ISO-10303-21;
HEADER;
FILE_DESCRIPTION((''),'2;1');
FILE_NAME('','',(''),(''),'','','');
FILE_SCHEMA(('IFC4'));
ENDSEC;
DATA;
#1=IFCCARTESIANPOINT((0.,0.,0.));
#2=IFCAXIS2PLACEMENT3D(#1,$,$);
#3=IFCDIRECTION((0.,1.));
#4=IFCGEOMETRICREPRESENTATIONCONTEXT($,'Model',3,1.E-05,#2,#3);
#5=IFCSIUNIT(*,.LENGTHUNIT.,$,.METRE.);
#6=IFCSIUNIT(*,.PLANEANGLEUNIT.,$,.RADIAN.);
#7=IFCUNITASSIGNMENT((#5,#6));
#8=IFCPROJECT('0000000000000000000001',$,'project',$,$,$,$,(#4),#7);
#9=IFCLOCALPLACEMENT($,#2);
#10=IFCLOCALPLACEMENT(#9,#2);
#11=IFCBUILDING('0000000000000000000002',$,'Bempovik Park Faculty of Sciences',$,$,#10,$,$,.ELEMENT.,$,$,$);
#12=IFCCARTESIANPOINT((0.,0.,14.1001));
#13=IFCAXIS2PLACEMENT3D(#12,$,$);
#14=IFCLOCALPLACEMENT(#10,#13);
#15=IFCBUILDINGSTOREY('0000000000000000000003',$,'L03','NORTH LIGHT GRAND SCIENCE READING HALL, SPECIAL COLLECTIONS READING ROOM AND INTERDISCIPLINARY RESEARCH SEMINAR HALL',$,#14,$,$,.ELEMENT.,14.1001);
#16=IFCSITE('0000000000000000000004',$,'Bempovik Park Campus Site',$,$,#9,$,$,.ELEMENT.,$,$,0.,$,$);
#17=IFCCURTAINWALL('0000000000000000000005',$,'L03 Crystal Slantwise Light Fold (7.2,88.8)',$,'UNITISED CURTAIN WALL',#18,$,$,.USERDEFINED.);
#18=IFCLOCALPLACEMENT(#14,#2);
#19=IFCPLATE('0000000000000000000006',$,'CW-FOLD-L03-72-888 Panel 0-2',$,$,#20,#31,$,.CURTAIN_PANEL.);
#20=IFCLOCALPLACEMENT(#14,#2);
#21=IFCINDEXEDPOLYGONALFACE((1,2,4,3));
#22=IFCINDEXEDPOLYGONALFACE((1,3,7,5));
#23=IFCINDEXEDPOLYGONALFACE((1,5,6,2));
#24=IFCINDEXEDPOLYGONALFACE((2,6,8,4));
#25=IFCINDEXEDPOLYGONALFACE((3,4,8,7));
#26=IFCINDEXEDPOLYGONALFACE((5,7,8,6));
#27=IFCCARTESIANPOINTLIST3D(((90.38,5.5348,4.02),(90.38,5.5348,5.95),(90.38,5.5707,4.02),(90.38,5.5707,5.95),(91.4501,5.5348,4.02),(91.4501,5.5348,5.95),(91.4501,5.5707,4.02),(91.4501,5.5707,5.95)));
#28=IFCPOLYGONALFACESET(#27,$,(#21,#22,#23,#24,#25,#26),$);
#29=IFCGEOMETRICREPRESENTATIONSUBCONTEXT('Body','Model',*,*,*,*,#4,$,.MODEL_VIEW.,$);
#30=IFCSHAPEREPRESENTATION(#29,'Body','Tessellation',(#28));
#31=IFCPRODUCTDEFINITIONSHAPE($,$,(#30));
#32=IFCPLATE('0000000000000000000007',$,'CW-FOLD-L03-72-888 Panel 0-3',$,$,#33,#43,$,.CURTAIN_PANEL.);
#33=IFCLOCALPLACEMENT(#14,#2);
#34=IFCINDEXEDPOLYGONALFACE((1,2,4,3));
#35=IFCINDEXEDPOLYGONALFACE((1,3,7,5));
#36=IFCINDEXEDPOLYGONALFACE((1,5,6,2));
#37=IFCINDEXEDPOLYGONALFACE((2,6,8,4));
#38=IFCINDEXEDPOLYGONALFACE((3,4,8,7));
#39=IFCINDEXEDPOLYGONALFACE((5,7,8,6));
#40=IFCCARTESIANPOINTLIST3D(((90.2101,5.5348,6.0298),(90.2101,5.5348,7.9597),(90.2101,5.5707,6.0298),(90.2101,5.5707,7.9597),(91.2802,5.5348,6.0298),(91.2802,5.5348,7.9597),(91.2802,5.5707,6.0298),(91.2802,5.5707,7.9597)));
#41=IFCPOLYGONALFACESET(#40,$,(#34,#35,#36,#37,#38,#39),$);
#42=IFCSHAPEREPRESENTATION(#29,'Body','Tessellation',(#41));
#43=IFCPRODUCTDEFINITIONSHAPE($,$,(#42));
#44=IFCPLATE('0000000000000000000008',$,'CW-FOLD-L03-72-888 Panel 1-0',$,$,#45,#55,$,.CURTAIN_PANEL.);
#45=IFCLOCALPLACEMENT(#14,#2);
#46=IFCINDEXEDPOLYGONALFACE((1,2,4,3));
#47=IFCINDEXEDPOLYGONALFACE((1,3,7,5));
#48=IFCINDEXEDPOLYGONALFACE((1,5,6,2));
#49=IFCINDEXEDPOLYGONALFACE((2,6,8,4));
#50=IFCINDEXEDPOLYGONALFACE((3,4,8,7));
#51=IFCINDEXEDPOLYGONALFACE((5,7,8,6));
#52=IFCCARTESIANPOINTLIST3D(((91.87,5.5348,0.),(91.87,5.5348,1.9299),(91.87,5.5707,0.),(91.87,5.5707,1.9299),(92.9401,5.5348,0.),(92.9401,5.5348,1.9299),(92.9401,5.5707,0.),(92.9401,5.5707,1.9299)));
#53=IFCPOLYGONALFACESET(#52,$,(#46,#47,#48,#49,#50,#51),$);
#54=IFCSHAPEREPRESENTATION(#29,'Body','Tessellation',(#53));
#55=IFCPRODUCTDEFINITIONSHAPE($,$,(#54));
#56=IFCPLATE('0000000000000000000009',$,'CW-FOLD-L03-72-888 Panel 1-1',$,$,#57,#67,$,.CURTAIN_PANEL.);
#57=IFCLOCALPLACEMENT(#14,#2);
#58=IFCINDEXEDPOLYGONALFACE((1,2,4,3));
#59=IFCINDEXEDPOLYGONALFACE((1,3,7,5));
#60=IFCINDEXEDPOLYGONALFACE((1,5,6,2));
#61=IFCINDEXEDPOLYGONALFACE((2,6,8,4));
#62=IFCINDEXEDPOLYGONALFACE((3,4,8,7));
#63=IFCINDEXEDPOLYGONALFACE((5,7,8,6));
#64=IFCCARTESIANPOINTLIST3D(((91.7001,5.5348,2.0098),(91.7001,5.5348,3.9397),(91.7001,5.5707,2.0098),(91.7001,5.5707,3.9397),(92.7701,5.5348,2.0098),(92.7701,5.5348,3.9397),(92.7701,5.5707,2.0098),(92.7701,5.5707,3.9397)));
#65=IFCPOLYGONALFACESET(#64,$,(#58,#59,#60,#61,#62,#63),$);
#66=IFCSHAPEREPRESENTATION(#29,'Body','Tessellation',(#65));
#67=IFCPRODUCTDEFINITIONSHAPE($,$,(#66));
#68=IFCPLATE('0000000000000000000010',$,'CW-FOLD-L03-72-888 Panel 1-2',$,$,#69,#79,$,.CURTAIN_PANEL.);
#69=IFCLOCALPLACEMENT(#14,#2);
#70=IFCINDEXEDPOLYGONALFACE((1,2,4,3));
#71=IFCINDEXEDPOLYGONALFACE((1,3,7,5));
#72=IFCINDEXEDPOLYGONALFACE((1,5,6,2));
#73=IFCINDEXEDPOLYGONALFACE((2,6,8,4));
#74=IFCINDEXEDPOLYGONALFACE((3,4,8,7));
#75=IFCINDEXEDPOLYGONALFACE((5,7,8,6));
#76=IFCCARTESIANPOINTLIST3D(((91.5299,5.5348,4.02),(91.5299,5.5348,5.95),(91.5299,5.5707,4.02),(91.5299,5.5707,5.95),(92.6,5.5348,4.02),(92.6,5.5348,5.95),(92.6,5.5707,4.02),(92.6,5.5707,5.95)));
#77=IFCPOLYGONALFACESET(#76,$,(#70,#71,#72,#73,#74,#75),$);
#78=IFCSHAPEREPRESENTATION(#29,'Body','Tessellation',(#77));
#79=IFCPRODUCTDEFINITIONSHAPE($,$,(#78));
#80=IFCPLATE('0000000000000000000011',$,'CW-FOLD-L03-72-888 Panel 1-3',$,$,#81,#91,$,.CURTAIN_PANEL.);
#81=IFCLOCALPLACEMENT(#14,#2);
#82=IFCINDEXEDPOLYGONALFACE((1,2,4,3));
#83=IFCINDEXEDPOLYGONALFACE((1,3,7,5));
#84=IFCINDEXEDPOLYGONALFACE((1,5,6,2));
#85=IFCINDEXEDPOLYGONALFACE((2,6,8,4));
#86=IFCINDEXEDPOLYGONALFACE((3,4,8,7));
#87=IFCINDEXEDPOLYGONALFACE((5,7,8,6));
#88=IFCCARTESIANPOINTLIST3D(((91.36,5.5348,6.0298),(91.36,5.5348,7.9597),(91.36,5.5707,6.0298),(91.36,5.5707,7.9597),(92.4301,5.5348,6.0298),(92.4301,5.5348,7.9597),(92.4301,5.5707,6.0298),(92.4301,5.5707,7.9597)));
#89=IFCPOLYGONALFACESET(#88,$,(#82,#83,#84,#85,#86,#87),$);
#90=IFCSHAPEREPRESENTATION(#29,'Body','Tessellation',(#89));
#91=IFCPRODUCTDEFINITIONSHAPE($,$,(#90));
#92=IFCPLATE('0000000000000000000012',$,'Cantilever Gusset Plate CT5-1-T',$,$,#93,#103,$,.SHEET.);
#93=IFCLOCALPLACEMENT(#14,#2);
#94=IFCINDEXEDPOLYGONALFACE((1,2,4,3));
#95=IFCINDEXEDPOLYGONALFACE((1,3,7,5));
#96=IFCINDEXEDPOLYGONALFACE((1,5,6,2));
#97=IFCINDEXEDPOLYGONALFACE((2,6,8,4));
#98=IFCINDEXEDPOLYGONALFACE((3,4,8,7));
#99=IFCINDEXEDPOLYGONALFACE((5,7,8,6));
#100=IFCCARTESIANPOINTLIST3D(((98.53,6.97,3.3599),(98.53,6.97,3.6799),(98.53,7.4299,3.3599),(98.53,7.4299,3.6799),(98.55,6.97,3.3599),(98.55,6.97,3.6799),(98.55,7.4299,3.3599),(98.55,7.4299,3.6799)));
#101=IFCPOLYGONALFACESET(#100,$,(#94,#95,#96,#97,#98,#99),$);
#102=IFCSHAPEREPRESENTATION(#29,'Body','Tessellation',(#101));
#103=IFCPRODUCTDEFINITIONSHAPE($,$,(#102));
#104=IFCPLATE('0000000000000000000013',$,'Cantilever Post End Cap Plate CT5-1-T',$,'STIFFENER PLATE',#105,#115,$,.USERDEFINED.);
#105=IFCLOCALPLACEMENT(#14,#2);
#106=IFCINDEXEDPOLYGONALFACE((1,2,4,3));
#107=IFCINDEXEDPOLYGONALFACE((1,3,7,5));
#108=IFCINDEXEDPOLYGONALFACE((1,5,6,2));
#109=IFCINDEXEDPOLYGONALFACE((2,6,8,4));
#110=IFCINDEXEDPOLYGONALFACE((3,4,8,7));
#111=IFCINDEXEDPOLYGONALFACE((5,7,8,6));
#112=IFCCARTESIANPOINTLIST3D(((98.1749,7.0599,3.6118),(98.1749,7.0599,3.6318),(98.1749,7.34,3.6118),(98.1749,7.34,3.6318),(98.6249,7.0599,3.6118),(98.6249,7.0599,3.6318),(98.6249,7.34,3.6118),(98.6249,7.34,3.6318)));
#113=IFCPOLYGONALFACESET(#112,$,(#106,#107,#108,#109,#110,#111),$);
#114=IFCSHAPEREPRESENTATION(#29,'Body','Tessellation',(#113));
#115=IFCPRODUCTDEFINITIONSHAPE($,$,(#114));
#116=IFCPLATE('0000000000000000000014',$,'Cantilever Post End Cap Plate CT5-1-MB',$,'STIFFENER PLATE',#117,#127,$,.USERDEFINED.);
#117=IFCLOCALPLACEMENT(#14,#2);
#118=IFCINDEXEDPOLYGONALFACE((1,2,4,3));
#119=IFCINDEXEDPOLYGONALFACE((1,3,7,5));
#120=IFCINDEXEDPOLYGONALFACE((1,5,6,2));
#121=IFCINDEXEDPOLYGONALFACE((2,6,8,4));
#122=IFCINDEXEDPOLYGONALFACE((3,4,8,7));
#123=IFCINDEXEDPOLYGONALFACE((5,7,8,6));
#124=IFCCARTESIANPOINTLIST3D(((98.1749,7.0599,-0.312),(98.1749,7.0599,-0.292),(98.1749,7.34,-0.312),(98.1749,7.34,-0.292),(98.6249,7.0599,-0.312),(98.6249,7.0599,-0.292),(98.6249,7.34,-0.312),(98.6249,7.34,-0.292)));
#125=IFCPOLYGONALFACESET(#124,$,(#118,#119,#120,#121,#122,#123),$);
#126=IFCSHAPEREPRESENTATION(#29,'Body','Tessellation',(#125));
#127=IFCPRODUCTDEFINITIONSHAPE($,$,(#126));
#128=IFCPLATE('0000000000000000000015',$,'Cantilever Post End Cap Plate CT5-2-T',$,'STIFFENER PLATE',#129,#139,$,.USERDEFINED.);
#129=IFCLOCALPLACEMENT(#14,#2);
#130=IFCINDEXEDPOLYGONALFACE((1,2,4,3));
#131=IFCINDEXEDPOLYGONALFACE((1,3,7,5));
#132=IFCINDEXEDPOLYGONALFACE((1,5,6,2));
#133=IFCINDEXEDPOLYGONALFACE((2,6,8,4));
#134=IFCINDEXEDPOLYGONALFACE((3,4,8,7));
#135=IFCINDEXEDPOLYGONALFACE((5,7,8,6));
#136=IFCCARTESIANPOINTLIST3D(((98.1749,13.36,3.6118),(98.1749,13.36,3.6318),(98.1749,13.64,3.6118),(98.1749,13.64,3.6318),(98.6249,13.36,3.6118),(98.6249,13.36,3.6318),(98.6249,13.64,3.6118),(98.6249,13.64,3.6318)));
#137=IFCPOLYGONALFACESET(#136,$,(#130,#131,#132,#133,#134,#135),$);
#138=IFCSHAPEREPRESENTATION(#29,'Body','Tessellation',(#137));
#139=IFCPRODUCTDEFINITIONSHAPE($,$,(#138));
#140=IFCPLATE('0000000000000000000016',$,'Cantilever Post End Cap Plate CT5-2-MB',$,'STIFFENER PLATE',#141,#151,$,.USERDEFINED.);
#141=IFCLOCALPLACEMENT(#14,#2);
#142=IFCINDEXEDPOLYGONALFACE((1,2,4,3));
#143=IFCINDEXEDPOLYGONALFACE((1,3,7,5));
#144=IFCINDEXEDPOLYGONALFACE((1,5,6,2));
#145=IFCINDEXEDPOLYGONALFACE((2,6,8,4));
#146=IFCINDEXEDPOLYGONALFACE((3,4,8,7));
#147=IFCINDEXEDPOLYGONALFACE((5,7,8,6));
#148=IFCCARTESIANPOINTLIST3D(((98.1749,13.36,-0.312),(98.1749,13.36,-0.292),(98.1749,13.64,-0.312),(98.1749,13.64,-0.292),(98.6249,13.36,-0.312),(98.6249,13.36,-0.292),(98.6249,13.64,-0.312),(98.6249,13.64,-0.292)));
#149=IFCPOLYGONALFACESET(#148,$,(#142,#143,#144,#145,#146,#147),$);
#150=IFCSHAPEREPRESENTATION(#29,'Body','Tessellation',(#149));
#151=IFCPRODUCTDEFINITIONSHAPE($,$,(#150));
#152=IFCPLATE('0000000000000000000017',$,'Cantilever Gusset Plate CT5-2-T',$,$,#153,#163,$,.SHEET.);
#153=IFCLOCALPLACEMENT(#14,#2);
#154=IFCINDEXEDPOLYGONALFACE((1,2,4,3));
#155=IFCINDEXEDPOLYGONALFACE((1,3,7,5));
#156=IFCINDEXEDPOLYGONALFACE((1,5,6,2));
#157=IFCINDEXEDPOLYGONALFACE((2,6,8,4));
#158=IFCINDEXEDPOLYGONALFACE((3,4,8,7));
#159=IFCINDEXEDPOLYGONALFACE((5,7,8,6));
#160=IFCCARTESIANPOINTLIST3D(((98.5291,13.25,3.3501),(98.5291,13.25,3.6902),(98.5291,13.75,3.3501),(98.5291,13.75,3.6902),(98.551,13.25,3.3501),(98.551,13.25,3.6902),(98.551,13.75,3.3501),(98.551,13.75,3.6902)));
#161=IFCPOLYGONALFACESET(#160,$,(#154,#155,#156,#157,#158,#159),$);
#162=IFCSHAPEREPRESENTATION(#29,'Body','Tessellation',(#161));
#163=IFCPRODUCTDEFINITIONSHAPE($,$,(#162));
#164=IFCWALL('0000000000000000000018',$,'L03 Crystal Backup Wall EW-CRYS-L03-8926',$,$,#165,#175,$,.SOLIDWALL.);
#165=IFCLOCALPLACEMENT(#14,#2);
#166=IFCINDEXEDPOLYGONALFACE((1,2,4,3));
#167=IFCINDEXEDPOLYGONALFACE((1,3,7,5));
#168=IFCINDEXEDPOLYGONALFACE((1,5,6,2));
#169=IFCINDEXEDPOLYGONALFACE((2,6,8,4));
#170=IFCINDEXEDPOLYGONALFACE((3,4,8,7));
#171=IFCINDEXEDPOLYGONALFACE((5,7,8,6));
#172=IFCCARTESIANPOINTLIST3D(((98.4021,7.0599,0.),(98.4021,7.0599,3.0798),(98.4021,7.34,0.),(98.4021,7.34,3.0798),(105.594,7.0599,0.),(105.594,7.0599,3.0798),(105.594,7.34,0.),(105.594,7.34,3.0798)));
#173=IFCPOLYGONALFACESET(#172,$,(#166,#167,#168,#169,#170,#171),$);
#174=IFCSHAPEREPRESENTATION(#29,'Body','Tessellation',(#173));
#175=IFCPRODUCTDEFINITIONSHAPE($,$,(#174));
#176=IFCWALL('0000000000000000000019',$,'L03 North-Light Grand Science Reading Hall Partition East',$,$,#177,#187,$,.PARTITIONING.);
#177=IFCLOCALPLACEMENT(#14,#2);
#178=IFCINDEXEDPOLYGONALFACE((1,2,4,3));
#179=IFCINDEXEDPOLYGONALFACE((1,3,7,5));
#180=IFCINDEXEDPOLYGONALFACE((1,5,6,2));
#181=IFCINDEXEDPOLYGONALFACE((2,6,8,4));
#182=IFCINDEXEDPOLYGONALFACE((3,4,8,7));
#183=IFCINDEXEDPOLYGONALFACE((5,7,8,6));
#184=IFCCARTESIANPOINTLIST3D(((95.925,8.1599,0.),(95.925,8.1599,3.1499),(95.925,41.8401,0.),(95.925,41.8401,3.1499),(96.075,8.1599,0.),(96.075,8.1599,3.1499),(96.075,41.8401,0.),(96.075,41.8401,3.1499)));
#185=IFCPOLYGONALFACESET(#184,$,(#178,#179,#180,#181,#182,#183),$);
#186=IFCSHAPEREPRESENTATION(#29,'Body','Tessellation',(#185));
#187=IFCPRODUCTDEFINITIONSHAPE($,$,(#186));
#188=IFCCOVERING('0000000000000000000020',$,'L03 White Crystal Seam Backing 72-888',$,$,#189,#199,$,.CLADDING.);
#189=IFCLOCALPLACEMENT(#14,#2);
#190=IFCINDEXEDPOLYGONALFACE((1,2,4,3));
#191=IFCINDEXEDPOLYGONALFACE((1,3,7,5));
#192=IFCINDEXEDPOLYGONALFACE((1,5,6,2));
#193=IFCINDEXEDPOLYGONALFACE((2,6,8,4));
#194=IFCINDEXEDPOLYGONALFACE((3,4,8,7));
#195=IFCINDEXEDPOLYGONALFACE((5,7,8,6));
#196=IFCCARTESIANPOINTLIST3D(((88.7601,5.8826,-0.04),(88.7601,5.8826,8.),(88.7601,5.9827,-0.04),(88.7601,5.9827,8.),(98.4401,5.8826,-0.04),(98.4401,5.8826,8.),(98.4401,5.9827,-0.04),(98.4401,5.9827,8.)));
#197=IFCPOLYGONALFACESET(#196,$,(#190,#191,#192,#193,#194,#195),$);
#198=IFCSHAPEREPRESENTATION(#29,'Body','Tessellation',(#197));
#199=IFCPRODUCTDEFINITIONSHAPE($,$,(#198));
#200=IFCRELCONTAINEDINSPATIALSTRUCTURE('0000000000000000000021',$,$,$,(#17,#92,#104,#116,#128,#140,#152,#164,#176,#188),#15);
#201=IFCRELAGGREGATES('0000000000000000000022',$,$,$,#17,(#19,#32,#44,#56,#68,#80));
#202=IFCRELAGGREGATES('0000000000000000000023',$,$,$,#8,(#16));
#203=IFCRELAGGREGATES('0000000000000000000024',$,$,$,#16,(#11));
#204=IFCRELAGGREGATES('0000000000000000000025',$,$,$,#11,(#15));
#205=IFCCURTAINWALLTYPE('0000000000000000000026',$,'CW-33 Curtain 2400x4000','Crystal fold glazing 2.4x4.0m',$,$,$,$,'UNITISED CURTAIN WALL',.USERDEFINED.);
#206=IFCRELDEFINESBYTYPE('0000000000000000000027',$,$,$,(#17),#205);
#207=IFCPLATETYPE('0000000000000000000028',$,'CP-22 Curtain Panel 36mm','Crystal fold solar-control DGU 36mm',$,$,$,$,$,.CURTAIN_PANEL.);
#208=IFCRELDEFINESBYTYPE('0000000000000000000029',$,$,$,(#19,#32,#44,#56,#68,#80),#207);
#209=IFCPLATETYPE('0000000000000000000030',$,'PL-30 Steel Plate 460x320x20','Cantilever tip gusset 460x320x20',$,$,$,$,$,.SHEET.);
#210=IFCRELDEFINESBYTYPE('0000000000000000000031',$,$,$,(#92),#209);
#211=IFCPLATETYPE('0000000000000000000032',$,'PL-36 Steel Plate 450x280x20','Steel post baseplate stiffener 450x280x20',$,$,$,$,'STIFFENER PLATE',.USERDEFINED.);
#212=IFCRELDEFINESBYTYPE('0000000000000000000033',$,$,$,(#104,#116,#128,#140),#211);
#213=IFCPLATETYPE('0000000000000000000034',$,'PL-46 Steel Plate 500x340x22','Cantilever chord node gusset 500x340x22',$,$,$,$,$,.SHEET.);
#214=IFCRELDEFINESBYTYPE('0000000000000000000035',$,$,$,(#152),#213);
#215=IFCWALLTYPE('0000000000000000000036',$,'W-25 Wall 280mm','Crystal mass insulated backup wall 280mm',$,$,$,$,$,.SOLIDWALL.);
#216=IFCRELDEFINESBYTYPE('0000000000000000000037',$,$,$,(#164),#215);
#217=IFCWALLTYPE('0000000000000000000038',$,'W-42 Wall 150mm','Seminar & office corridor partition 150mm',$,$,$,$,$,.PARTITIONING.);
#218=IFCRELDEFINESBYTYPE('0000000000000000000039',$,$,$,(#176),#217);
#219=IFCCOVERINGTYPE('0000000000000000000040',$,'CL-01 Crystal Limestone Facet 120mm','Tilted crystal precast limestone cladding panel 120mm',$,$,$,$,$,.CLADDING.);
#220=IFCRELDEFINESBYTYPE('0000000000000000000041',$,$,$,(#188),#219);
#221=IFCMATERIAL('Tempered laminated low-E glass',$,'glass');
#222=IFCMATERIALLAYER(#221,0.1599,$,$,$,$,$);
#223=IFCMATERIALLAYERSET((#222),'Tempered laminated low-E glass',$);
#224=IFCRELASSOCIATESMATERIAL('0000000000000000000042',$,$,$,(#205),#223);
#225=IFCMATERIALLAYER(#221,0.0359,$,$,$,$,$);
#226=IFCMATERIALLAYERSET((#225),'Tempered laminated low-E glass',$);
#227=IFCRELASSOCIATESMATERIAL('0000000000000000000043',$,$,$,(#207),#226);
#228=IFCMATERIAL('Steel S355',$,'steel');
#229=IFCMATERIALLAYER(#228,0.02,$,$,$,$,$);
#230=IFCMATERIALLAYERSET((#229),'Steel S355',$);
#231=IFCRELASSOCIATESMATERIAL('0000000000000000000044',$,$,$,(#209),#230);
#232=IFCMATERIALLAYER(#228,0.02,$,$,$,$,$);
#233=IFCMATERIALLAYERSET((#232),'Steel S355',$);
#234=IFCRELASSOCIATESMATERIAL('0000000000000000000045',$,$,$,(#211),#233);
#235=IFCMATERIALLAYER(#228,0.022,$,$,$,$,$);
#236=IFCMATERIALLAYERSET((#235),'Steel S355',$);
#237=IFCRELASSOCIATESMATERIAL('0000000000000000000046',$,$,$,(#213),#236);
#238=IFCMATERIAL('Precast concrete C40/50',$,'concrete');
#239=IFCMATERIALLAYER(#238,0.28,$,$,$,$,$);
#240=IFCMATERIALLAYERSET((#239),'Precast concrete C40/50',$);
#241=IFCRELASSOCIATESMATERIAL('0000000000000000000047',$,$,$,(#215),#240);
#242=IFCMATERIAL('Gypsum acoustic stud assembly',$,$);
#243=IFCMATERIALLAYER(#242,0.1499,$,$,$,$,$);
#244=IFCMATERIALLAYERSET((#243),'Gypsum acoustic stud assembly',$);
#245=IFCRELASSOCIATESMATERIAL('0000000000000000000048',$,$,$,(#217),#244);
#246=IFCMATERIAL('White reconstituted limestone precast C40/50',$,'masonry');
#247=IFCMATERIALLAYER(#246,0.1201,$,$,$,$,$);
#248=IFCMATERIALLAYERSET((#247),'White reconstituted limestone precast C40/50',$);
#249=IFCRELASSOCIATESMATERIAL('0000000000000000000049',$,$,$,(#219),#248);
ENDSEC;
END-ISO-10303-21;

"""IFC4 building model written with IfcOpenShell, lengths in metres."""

from ifc_helpers import new_model, si_unit, direction, frame, frame_2d, origin, origin_2d, place, context, subcontext, project, spatial, rectangle, extrude, material, layer, layer_set, type_object, element, aggregate, save


model = new_model("IFC4")

# Units and contexts
model_context = context("Model", 3, precision=1e-05, world=origin(), true_north=direction((0.0, 1.0)))
body_context = subcontext(model_context, "Body", "Model", "MODEL_VIEW")
ifc_project = project(units=[si_unit("LENGTHUNIT", "METRE"), si_unit("PLANEANGLEUNIT", "RADIAN")], contexts=[model_context])

# Site, building, storey
site_placement = place(None, origin())
site = spatial("IfcSite", under=ifc_project, at=site_placement, Name="Bempovik Park Campus Site", CompositionType="ELEMENT", RefElevation=0.0)
building_placement = place(site_placement, origin())
building = spatial("IfcBuilding", under=site, at=building_placement, Name="Bempovik Park Faculty of Sciences", CompositionType="ELEMENT")
storey_placement = place(building_placement, frame((0.0, 0.0, 14.1001)))
storey = spatial("IfcBuildingStorey", under=building, at=storey_placement, Name="L03", Description="NORTH LIGHT GRAND SCIENCE READING HALL, SPECIAL COLLECTIONS READING ROOM AND INTERDISCIPLINARY RESEARCH SEMINAR HALL", CompositionType="ELEMENT", Elevation=14.1001)

# Shared definitions
ifc_material_1 = material(Name="Steel S355", Category="steel")

# Curtain wall, plates
ifc_material_2 = material(Name="Tempered laminated low-E glass", Category="glass")
ifc_layer_1 = layer(ifc_material_2, 0.1599)
ifc_layer_set_1 = layer_set([ifc_layer_1], Name="Tempered laminated low-E glass")
curtain_wall_type = type_object("IfcCurtainWallType", Name="CW-33 Curtain 2400x4000", Description="Crystal fold glazing 2.4x4.0m", ElementType="UNITISED CURTAIN WALL", PredefinedType="USERDEFINED", material=ifc_layer_set_1)
curtain_wall_placement = place(storey_placement, origin())
curtain_wall = element("IfcCurtainWall", 1, at=curtain_wall_placement, inside=storey, type_object=curtain_wall_type, Name="L03 Crystal Slantwise Light Fold (7.2,88.8)", ObjectType="UNITISED CURTAIN WALL", PredefinedType="USERDEFINED")
ifc_layer_2 = layer(ifc_material_2, 0.0359)
ifc_layer_set_2 = layer_set([ifc_layer_2], Name="Tempered laminated low-E glass")
plate_type_1 = type_object("IfcPlateType", Name="CP-22 Curtain Panel 36mm", Description="Crystal fold solar-control DGU 36mm", PredefinedType="CURTAIN_PANEL", material=ifc_layer_set_2)
plate_1_placement = place(storey_placement, frame((90.915, 5.5527, 4.02), z_axis=(0.0, 0.0, 1.0), x_axis=(1.0, 0.0, 0.0)))
plate_1 = element("IfcPlate", 2, at=plate_1_placement, type_object=plate_type_1, Name="CW-FOLD-L03-72-888 Panel 0-2", PredefinedType="CURTAIN_PANEL", context=body_context, shape_type="SweptSolid", body=[
    extrude(rectangle(XDim=1.0701, YDim=0.0359, at=origin_2d()), origin(), (0.0, 0.0, 1.0), 1.9299),
])
plate_2_placement = place(storey_placement, frame((90.7451, 5.5527, 6.0298), z_axis=(0.0, 0.0, 1.0), x_axis=(1.0, 0.0, 0.0)))
plate_2 = element("IfcPlate", 3, at=plate_2_placement, type_object=plate_type_1, Name="CW-FOLD-L03-72-888 Panel 0-3", PredefinedType="CURTAIN_PANEL", context=body_context, shape_type="SweptSolid", body=[
    extrude(rectangle(XDim=1.0701, YDim=0.0359, at=origin_2d()), origin(), (0.0, 0.0, 1.0), 1.9299),
])
plate_3_placement = place(storey_placement, frame((92.405, 5.5527, 0.0), z_axis=(0.0, 0.0, 1.0), x_axis=(1.0, 0.0, 0.0)))
plate_3 = element("IfcPlate", 4, at=plate_3_placement, type_object=plate_type_1, Name="CW-FOLD-L03-72-888 Panel 1-0", PredefinedType="CURTAIN_PANEL", context=body_context, shape_type="SweptSolid", body=[
    extrude(rectangle(XDim=1.0701, YDim=0.0359, at=origin_2d()), origin(), (0.0, 0.0, 1.0), 1.9299),
])
plate_4_placement = place(storey_placement, frame((92.2351, 5.5527, 2.0098), z_axis=(0.0, 0.0, 1.0), x_axis=(1.0, 0.0, 0.0)))
plate_4 = element("IfcPlate", 5, at=plate_4_placement, type_object=plate_type_1, Name="CW-FOLD-L03-72-888 Panel 1-1", PredefinedType="CURTAIN_PANEL", context=body_context, shape_type="SweptSolid", body=[
    extrude(rectangle(XDim=1.0701, YDim=0.0359, at=origin_2d()), origin(), (0.0, 0.0, 1.0), 1.9299),
])
plate_5_placement = place(storey_placement, frame((92.0649, 5.5527, 4.02), z_axis=(0.0, 0.0, 1.0), x_axis=(1.0, 0.0, 0.0)))
plate_5 = element("IfcPlate", 6, at=plate_5_placement, type_object=plate_type_1, Name="CW-FOLD-L03-72-888 Panel 1-2", PredefinedType="CURTAIN_PANEL", context=body_context, shape_type="SweptSolid", body=[
    extrude(rectangle(XDim=1.0701, YDim=0.0359, at=origin_2d()), origin(), (0.0, 0.0, 1.0), 1.9299),
])
plate_6_placement = place(storey_placement, frame((91.895, 5.5527, 6.0298), z_axis=(0.0, 0.0, 1.0), x_axis=(1.0, 0.0, 0.0)))
plate_6 = element("IfcPlate", 7, at=plate_6_placement, type_object=plate_type_1, Name="CW-FOLD-L03-72-888 Panel 1-3", PredefinedType="CURTAIN_PANEL", context=body_context, shape_type="SweptSolid", body=[
    extrude(rectangle(XDim=1.0701, YDim=0.0359, at=origin_2d()), origin(), (0.0, 0.0, 1.0), 1.9299),
])
aggregate(curtain_wall, [plate_1, plate_2, plate_3, plate_4, plate_5, plate_6])

# Plates
ifc_layer_3 = layer(ifc_material_1, 0.02)
ifc_layer_set_3 = layer_set([ifc_layer_3], Name="Steel S355")
plate_type_2 = type_object("IfcPlateType", Name="PL-30 Steel Plate 460x320x20", Description="Cantilever tip gusset 460x320x20", PredefinedType="SHEET", material=ifc_layer_set_3)
plate_7_placement = place(storey_placement, frame((98.54, 7.2, 3.3599), z_axis=(0.0, 0.0, 1.0), x_axis=(1.0, 0.0, 0.0)))
element("IfcPlate", 8, at=plate_7_placement, inside=storey, type_object=plate_type_2, Name="Cantilever Gusset Plate CT5-1-T", PredefinedType="SHEET", context=body_context, shape_type="SweptSolid", body=[
    extrude(rectangle(XDim=0.02, YDim=0.46, at=origin_2d()), origin(), (0.0, 0.0, 1.0), 0.3201),
])
ifc_layer_4 = layer(ifc_material_1, 0.02)
ifc_layer_set_4 = layer_set([ifc_layer_4], Name="Steel S355")
plate_type_3 = type_object("IfcPlateType", Name="PL-36 Steel Plate 450x280x20", Description="Steel post baseplate stiffener 450x280x20", ElementType="STIFFENER PLATE", PredefinedType="USERDEFINED", material=ifc_layer_set_4)
for number, where, z_axis, x_axis, name in (
    (9, (98.3999, 7.2, 3.6118), (0.0, 0.0, 1.0), (1.0, 0.0, 0.0), "Cantilever Post End Cap Plate CT5-1-T"),
    (10, (98.3999, 7.2, -0.312), (0.0, 0.0, 1.0), (1.0, 0.0, 0.0), "Cantilever Post End Cap Plate CT5-1-MB"),
    (11, (98.3999, 13.5, 3.6118), (0.0, 0.0, 1.0), (1.0, 0.0, 0.0), "Cantilever Post End Cap Plate CT5-2-T"),
    (12, (98.3999, 13.5, -0.312), (0.0, 0.0, 1.0), (1.0, 0.0, 0.0), "Cantilever Post End Cap Plate CT5-2-MB"),
):
    element("IfcPlate", number, at=place(storey_placement, frame(where, z_axis=z_axis, x_axis=x_axis)), inside=storey, type_object=plate_type_3, Name=name, ObjectType="STIFFENER PLATE", PredefinedType="USERDEFINED", context=body_context, shape_type="SweptSolid", body=[
        extrude(rectangle(XDim=0.45, YDim=0.28, at=origin_2d()), origin(), (0.0, 0.0, 1.0), 0.02),
    ])
ifc_layer_5 = layer(ifc_material_1, 0.022)
ifc_layer_set_5 = layer_set([ifc_layer_5], Name="Steel S355")
plate_type_4 = type_object("IfcPlateType", Name="PL-46 Steel Plate 500x340x22", Description="Cantilever chord node gusset 500x340x22", PredefinedType="SHEET", material=ifc_layer_set_5)
plate_8_placement = place(storey_placement, frame((98.54, 13.5, 3.3501), z_axis=(0.0, 0.0, 1.0), x_axis=(1.0, 0.0, 0.0)))
element("IfcPlate", 13, at=plate_8_placement, inside=storey, type_object=plate_type_4, Name="Cantilever Gusset Plate CT5-2-T", PredefinedType="SHEET", context=body_context, shape_type="SweptSolid", body=[
    extrude(rectangle(XDim=0.022, YDim=0.5, at=origin_2d()), origin(), (0.0, 0.0, 1.0), 0.3401),
])

# Walls
ifc_material_3 = material(Name="Precast concrete C40/50", Category="concrete")
ifc_layer_6 = layer(ifc_material_3, 0.28)
ifc_layer_set_6 = layer_set([ifc_layer_6], Name="Precast concrete C40/50")
wall_type_1 = type_object("IfcWallType", Name="W-25 Wall 280mm", Description="Crystal mass insulated backup wall 280mm", PredefinedType="SOLIDWALL", material=ifc_layer_set_6)
wall_1_placement = place(storey_placement, frame((98.4021, 7.2, 0.0), z_axis=(0.0, 0.0, 1.0), x_axis=(1.0, 0.0, 0.0)))
element("IfcWall", 14, at=wall_1_placement, inside=storey, type_object=wall_type_1, Name="L03 Crystal Backup Wall EW-CRYS-L03-8926", PredefinedType="SOLIDWALL", context=body_context, shape_type="SweptSolid", body=[
    extrude(rectangle(XDim=7.1919, YDim=0.28, at=frame_2d((3.5959, 0.0))), origin(), (0.0, 0.0, 1.0), 3.0798),
])
ifc_material_4 = material(Name="Gypsum acoustic stud assembly")
ifc_layer_7 = layer(ifc_material_4, 0.1499)
ifc_layer_set_7 = layer_set([ifc_layer_7], Name="Gypsum acoustic stud assembly")
wall_type_2 = type_object("IfcWallType", Name="W-42 Wall 150mm", Description="Seminar & office corridor partition 150mm", PredefinedType="PARTITIONING", material=ifc_layer_set_7)
wall_2_placement = place(storey_placement, frame((96.0, 8.1599, 0.0), z_axis=(0.0, 0.0, 1.0), x_axis=(0.0, 1.0, 0.0)))
element("IfcWall", 15, at=wall_2_placement, inside=storey, type_object=wall_type_2, Name="L03 North-Light Grand Science Reading Hall Partition East", PredefinedType="PARTITIONING", context=body_context, shape_type="SweptSolid", body=[
    extrude(rectangle(XDim=33.6802, YDim=0.1499, at=frame_2d((16.8401, 0.0))), origin(), (0.0, 0.0, 1.0), 3.1499),
])

# Covering
ifc_material_5 = material(Name="White reconstituted limestone precast C40/50", Category="masonry")
ifc_layer_8 = layer(ifc_material_5, 0.1201)
ifc_layer_set_8 = layer_set([ifc_layer_8], Name="White reconstituted limestone precast C40/50")
covering_type = type_object("IfcCoveringType", Name="CL-01 Crystal Limestone Facet 120mm", Description="Tilted crystal precast limestone cladding panel 120mm", PredefinedType="CLADDING", material=ifc_layer_set_8)
covering_1_placement = place(storey_placement, frame((93.6001, 5.9326, -0.04), z_axis=(0.0, 0.0, 1.0), x_axis=(1.0, 0.0, 0.0)))
element("IfcCovering", 16, at=covering_1_placement, inside=storey, type_object=covering_type, Name="L03 White Crystal Seam Backing 72-888", PredefinedType="CLADDING", context=body_context, shape_type="SweptSolid", body=[
    extrude(rectangle(XDim=9.6799, YDim=0.1001, at=origin_2d()), origin(), (0.0, 0.0, 1.0), 8.04),
])

save(model, "model.ifc")
